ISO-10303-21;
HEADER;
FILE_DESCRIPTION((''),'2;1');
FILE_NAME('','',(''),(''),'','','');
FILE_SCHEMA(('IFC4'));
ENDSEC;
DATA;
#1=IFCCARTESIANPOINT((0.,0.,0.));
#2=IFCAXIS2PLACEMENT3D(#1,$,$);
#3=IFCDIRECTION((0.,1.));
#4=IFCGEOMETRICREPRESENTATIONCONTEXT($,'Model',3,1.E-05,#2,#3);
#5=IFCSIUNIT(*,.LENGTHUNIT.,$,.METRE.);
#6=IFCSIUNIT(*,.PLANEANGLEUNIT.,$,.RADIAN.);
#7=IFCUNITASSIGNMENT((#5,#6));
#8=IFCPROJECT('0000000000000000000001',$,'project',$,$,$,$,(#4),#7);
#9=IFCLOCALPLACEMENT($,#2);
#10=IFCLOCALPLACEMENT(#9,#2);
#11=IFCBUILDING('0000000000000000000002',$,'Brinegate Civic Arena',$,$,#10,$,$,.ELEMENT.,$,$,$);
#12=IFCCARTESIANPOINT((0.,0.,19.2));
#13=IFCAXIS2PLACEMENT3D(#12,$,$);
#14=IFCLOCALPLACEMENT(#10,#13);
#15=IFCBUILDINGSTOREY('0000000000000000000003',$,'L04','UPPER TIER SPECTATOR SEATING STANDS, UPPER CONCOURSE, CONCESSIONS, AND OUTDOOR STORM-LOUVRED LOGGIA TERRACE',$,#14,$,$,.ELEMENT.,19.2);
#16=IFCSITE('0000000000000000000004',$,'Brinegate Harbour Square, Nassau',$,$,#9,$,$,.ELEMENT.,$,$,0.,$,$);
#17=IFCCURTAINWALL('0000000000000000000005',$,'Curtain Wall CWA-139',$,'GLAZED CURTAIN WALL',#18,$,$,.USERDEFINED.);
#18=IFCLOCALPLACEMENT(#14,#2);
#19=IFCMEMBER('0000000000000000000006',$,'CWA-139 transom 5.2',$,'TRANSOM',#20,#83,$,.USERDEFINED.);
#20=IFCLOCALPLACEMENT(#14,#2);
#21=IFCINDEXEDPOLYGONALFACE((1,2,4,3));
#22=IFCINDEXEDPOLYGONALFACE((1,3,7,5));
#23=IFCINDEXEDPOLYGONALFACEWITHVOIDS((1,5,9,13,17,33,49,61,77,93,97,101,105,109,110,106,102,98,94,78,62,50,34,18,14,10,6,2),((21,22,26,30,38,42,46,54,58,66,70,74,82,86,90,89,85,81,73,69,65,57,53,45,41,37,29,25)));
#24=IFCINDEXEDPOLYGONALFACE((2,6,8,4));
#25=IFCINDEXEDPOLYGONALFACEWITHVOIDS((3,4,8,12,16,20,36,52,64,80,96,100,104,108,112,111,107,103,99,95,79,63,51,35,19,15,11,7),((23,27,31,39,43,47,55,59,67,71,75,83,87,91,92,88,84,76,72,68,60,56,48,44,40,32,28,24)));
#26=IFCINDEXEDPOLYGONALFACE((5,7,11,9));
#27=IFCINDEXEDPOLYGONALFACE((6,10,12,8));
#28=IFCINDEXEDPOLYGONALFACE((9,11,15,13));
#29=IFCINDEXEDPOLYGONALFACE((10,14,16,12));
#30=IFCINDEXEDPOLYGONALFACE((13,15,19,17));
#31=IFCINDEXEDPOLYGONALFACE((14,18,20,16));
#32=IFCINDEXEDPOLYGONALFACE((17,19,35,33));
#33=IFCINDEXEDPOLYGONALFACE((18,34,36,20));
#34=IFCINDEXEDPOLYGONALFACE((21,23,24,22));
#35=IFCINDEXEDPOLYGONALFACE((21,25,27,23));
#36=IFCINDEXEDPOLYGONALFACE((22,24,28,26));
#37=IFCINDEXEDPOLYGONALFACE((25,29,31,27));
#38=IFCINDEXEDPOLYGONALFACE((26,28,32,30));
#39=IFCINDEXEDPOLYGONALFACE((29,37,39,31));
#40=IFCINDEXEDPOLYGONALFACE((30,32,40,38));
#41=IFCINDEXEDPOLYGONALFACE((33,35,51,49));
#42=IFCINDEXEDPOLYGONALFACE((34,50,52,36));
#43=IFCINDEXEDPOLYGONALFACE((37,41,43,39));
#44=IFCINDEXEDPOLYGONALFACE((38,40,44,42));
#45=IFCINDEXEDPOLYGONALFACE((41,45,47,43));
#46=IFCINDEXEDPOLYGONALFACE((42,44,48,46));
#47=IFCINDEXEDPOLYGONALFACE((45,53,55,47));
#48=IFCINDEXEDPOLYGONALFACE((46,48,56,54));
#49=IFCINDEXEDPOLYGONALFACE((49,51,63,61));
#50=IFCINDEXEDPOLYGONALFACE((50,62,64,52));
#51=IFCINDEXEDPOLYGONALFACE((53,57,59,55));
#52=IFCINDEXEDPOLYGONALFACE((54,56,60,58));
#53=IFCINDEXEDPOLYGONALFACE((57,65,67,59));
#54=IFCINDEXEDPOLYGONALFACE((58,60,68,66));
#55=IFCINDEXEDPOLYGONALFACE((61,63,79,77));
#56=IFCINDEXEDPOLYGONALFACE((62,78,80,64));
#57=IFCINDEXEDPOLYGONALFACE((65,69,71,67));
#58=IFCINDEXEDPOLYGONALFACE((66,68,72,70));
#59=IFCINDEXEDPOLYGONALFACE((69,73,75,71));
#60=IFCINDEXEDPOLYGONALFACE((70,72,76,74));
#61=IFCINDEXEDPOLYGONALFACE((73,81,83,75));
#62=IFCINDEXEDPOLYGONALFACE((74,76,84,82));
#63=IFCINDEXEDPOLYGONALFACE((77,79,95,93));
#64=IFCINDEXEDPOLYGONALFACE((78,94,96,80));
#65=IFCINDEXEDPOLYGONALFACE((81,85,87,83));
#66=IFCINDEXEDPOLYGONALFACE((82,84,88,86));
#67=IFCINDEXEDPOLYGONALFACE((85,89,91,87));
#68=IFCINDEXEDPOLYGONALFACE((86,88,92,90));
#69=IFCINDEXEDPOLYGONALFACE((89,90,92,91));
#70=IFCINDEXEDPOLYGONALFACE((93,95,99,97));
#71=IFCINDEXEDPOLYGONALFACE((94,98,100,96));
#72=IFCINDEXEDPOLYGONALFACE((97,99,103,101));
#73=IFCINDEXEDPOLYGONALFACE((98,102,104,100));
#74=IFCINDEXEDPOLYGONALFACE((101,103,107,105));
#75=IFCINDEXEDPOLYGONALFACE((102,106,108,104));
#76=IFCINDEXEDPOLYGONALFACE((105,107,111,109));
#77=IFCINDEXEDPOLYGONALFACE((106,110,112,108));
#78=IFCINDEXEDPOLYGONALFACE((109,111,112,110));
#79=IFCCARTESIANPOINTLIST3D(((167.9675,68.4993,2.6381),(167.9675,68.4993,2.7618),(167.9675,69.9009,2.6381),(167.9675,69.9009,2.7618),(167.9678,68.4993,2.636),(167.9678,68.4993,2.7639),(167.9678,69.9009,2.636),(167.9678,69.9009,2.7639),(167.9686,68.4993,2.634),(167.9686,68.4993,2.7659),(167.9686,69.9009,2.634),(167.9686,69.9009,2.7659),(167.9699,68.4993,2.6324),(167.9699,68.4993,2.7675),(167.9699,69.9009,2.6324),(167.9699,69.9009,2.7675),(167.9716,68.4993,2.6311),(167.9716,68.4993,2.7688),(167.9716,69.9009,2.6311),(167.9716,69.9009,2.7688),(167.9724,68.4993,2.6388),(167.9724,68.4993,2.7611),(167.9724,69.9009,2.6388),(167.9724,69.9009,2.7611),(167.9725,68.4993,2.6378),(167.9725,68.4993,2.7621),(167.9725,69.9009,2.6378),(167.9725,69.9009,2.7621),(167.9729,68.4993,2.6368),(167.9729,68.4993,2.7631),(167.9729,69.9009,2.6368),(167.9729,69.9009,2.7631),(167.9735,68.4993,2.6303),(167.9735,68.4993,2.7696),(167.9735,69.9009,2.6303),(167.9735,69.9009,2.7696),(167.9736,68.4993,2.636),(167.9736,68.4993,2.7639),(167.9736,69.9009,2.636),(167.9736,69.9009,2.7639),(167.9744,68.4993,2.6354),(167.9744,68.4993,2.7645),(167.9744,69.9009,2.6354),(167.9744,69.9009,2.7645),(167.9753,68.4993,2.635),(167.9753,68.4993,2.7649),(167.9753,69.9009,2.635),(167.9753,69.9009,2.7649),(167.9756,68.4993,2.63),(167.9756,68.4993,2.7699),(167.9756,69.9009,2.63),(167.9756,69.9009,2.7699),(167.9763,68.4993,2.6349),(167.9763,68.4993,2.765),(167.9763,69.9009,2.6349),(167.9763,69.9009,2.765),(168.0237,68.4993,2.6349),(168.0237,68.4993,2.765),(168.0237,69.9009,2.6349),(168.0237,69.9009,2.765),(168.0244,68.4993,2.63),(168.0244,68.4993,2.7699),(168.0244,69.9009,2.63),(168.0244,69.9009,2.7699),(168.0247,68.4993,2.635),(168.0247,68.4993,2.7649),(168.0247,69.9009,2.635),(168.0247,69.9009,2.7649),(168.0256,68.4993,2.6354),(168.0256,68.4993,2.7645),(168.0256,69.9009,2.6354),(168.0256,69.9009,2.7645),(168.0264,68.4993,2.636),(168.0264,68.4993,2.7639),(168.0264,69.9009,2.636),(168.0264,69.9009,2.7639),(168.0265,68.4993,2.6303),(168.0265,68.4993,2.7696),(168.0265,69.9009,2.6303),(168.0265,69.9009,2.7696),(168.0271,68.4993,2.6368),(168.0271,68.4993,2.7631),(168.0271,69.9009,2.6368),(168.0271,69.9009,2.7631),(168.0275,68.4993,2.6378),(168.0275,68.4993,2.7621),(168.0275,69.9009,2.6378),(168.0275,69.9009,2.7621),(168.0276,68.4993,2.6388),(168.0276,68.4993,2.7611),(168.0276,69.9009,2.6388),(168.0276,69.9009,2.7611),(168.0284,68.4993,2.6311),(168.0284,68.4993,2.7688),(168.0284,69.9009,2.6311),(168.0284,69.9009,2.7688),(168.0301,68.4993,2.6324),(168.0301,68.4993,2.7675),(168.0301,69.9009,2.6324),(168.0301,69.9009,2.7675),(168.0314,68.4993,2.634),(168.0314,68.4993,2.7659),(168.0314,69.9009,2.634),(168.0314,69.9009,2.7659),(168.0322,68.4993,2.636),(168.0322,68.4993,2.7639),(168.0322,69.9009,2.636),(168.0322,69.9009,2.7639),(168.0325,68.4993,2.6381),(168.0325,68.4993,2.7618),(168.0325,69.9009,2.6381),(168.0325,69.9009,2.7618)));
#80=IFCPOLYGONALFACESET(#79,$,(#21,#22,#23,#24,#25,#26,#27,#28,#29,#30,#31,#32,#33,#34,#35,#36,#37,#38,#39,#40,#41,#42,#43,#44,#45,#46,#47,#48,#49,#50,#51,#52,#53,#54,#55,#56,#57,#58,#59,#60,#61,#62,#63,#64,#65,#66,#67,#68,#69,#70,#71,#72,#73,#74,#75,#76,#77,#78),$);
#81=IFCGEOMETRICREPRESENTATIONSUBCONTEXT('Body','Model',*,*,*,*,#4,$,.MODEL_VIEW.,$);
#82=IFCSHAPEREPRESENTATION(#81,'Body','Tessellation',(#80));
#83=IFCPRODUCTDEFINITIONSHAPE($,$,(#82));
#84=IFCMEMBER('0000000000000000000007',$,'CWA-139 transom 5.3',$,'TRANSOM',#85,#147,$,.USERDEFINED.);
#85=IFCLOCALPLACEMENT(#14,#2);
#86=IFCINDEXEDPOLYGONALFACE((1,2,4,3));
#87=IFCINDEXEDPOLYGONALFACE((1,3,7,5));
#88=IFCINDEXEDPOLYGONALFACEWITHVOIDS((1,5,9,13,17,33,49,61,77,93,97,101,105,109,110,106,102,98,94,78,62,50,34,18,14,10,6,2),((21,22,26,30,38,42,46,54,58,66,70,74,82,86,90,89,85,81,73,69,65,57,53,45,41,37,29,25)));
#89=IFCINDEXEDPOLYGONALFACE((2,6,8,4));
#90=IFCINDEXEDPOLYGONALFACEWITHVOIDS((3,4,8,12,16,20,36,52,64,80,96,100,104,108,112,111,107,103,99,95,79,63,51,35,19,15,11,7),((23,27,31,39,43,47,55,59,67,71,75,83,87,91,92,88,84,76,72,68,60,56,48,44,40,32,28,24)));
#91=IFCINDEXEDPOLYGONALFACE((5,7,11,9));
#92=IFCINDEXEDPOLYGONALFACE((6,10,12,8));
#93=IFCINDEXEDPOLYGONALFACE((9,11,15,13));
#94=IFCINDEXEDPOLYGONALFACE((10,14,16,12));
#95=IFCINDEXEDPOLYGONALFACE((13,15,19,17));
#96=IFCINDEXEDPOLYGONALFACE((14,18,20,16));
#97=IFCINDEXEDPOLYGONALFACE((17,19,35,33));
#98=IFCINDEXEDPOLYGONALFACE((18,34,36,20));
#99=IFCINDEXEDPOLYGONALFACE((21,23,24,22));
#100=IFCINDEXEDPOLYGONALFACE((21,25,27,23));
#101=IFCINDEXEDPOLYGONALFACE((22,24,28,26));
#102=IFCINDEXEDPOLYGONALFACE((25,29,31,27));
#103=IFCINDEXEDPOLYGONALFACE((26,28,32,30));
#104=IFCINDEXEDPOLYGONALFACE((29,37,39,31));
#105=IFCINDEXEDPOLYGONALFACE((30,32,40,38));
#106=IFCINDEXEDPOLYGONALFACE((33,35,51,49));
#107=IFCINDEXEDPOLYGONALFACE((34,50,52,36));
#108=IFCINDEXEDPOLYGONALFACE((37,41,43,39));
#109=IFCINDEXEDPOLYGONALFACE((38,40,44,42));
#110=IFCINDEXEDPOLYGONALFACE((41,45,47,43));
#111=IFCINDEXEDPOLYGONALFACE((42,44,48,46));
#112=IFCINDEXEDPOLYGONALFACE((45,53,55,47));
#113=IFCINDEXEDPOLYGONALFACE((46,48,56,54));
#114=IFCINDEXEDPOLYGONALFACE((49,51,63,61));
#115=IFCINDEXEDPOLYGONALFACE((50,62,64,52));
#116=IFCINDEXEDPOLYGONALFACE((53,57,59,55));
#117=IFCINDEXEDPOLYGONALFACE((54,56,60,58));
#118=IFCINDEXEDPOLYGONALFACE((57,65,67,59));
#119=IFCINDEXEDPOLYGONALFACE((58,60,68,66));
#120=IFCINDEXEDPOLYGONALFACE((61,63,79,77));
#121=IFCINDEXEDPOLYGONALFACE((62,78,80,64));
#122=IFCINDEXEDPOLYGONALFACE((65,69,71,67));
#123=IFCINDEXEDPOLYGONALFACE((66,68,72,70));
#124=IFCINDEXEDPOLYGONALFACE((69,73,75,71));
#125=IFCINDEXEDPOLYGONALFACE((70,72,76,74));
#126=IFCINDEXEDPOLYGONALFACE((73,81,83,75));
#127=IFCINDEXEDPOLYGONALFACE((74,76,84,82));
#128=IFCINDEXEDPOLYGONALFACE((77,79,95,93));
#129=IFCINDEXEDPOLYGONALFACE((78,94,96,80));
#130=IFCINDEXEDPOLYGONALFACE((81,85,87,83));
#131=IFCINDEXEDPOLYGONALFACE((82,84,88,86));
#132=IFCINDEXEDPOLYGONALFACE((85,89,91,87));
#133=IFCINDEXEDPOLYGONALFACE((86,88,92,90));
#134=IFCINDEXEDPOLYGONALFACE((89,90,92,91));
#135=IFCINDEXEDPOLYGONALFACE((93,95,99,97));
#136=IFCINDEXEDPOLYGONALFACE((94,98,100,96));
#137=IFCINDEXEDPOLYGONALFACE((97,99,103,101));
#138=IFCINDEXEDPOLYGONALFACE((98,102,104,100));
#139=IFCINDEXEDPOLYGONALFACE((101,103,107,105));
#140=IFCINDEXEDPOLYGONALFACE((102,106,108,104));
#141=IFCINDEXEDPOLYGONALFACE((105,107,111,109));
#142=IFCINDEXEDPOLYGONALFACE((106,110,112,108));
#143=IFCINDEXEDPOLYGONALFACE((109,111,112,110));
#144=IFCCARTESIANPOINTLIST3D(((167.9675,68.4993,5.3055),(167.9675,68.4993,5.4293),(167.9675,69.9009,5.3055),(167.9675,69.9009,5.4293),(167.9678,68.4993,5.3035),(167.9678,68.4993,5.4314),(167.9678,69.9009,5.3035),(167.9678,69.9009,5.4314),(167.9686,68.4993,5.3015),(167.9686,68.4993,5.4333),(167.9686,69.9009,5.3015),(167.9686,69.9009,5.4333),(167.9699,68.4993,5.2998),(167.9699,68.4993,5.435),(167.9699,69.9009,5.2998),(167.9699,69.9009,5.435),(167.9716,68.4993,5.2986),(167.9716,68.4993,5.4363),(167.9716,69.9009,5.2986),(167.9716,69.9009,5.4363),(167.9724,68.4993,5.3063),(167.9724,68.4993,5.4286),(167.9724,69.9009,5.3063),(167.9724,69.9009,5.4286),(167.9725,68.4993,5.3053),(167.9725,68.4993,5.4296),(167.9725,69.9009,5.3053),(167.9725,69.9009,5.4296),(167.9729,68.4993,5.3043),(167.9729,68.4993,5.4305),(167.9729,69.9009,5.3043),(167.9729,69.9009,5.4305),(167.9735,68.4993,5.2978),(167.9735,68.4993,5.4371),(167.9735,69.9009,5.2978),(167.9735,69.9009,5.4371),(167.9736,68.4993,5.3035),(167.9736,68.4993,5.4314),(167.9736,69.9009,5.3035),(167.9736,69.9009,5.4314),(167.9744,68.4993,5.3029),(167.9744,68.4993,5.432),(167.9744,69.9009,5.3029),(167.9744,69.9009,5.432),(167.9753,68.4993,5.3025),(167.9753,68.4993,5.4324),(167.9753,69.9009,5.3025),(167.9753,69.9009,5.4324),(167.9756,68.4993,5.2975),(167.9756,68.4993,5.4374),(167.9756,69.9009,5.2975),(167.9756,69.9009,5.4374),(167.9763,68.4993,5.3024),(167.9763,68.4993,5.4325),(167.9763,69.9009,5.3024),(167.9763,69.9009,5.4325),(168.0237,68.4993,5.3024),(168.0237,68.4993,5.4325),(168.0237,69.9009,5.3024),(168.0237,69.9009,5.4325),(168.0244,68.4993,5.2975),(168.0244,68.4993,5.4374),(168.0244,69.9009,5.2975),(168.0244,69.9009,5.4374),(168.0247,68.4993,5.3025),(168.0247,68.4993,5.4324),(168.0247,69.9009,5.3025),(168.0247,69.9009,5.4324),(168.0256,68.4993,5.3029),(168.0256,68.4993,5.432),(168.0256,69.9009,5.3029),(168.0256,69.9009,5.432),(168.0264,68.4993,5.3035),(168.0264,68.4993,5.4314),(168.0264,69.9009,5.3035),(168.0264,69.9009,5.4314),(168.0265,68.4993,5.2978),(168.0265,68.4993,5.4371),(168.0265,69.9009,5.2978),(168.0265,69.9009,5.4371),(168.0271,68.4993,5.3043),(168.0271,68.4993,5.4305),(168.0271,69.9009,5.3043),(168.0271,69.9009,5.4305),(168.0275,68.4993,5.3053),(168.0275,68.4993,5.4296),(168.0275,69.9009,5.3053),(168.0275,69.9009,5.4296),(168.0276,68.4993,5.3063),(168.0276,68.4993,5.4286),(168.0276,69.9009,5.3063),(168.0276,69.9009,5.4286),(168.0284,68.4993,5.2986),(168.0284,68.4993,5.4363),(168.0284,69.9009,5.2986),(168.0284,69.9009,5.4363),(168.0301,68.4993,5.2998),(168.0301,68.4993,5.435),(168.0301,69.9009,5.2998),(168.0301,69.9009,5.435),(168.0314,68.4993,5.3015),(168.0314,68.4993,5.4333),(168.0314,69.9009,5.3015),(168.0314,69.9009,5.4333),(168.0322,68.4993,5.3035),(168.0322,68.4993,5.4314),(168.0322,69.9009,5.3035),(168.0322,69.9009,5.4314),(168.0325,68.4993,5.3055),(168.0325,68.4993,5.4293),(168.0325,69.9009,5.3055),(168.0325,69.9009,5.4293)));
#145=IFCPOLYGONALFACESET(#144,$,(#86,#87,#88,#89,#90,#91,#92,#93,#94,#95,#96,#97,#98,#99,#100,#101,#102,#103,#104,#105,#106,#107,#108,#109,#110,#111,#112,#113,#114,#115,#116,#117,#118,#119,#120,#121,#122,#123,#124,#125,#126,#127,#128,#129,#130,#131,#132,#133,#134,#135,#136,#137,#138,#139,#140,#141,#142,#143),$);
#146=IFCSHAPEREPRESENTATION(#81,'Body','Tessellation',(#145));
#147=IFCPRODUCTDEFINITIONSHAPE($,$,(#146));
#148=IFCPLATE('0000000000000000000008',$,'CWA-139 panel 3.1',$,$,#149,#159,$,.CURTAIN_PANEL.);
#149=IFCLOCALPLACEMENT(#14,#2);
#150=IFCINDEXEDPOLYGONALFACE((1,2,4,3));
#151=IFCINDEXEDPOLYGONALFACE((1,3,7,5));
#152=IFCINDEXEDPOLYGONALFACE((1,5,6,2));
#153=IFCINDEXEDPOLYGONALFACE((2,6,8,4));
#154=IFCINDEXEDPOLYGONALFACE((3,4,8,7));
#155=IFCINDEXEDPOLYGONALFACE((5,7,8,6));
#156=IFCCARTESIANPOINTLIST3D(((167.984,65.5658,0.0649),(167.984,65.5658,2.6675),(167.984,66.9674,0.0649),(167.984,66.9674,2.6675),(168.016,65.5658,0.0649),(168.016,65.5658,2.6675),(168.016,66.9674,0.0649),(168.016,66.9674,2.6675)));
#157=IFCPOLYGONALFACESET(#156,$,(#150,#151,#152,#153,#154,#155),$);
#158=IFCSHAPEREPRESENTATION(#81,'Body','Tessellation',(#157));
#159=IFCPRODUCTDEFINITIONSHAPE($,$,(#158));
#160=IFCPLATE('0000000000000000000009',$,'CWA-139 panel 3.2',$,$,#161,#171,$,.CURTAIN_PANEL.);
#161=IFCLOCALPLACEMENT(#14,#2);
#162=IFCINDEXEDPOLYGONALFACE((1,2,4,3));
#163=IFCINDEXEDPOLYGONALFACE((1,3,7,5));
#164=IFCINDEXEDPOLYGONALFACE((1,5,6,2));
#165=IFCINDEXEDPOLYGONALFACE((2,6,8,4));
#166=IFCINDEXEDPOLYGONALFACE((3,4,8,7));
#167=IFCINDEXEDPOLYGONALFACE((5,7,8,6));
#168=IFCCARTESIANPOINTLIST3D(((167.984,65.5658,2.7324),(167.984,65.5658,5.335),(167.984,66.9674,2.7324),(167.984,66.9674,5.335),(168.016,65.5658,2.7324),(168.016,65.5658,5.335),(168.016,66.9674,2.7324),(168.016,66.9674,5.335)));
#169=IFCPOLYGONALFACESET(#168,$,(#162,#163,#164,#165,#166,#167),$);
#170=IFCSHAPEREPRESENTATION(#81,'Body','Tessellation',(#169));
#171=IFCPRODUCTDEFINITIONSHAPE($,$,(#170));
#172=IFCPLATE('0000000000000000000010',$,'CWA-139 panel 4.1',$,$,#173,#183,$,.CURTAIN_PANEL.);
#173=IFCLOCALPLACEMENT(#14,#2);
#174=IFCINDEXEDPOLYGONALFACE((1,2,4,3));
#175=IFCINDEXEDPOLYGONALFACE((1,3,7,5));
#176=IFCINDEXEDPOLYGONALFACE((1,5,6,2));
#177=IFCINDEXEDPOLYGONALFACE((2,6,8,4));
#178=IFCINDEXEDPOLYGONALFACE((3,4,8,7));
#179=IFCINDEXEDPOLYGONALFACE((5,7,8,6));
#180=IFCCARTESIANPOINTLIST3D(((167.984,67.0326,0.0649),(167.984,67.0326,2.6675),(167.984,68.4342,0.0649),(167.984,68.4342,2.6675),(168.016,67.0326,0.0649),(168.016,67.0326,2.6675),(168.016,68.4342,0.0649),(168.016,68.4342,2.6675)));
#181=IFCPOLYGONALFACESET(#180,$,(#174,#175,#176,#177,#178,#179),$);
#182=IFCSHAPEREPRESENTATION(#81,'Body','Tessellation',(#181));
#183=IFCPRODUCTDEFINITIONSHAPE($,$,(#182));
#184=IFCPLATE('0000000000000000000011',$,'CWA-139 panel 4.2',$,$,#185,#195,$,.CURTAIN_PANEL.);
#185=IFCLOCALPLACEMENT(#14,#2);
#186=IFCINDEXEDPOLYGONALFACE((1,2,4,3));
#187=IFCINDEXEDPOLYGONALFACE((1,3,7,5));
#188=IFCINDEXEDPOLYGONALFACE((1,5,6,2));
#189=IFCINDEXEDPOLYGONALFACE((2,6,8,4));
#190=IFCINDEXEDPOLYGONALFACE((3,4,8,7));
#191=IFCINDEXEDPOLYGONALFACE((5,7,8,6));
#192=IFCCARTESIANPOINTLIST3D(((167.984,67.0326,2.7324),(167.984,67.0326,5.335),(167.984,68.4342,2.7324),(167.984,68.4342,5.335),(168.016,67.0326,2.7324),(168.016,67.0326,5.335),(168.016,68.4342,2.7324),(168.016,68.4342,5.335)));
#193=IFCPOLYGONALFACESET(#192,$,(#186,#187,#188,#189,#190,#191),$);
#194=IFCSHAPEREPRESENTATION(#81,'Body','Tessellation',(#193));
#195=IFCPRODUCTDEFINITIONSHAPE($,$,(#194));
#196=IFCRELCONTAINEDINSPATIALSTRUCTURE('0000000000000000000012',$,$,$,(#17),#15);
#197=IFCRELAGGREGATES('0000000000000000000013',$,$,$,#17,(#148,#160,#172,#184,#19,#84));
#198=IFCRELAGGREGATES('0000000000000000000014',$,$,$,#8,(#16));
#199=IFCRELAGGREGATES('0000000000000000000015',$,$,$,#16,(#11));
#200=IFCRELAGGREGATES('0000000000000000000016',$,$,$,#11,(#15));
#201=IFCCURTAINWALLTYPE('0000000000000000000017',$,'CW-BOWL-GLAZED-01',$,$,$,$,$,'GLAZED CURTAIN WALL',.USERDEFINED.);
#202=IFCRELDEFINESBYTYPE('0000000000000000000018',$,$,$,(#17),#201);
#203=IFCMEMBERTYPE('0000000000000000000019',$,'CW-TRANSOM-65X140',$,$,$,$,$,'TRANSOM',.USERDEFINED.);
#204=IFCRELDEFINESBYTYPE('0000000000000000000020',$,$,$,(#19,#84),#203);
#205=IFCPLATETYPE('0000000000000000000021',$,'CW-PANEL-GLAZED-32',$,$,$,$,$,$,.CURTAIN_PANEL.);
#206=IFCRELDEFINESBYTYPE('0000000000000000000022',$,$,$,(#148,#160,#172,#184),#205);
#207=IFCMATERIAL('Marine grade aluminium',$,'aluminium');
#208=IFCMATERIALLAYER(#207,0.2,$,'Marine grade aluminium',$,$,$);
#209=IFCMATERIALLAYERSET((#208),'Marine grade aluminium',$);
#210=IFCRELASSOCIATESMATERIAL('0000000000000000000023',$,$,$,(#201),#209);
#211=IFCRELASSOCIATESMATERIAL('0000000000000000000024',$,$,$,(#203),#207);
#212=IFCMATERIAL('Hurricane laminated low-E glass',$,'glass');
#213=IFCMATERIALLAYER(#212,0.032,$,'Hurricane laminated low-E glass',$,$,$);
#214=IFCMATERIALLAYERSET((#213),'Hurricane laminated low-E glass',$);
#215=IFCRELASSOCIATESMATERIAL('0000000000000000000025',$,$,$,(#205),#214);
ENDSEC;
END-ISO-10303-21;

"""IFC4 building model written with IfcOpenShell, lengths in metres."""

from ifc_helpers import new_model, si_unit, direction, frame, origin, origin_2d, place, context, subcontext, project, spatial, rectangle, hollow_rectangle, extrude, material, layer, layer_set, material_profile, profile_set, type_object, element, aggregate, save


model = new_model("IFC4")

# Units and contexts
model_context = context("Model", 3, precision=1e-05, world=origin(), true_north=direction((0.0, 1.0)))
body_context = subcontext(model_context, "Body", "Model", "MODEL_VIEW")
ifc_project = project(units=[si_unit("LENGTHUNIT", "METRE"), si_unit("PLANEANGLEUNIT", "RADIAN")], contexts=[model_context])

# Site, building, storey
site_placement = place(None, origin())
site = spatial("IfcSite", under=ifc_project, at=site_placement, Name="Brinegate Harbour Square, Nassau", CompositionType="ELEMENT", RefElevation=0.0)
building_placement = place(site_placement, origin())
building = spatial("IfcBuilding", under=site, at=building_placement, Name="Brinegate Civic Arena", CompositionType="ELEMENT")
storey_placement = place(building_placement, frame((0.0, 0.0, 19.2)))
storey = spatial("IfcBuildingStorey", under=building, at=storey_placement, Name="L04", Description="UPPER TIER SPECTATOR SEATING STANDS, UPPER CONCOURSE, CONCESSIONS, AND OUTDOOR STORM-LOUVRED LOGGIA TERRACE", CompositionType="ELEMENT", Elevation=19.2)

# Curtain wall, members, plates
ifc_material_1 = material(Name="Marine grade aluminium", Category="aluminium")
ifc_layer_1 = layer(ifc_material_1, 0.2, Name="Marine grade aluminium")
ifc_layer_set_1 = layer_set([ifc_layer_1], Name="Marine grade aluminium")
curtain_wall_type = type_object("IfcCurtainWallType", Name="CW-BOWL-GLAZED-01", ElementType="GLAZED CURTAIN WALL", PredefinedType="USERDEFINED", material=ifc_layer_set_1)
curtain_wall_placement = place(storey_placement, origin())
curtain_wall = element("IfcCurtainWall", 1, at=curtain_wall_placement, inside=storey, type_object=curtain_wall_type, Name="Curtain Wall CWA-139", ObjectType="GLAZED CURTAIN WALL", PredefinedType="USERDEFINED")
ifc_material_profile_1 = material_profile(ifc_material_1, hollow_rectangle(XDim=0.0649, YDim=0.1399, WallThickness=0.0049, InnerFilletRadius=0.0039, OuterFilletRadius=0.0081, at=origin_2d()), Name="TRN65X140")
ifc_profile_set_1 = profile_set([ifc_material_profile_1], Name="Marine grade aluminium")
member_type_1 = type_object("IfcMemberType", Name="CW-TRANSOM-65X140", ElementType="TRANSOM", PredefinedType="USERDEFINED", material=ifc_profile_set_1)
member_1_placement = place(storey_placement, frame((168.0, 68.4993, 2.7), z_axis=(0.0, 1.0, 0.0), x_axis=(-1.0, 0.0, 0.0)))
member_1 = element("IfcMember", 2, at=member_1_placement, type_object=member_type_1, Name="CWA-139 transom 5.2", ObjectType="TRANSOM", PredefinedType="USERDEFINED", context=body_context, shape_type="SweptSolid", body=[
    extrude(hollow_rectangle(XDim=0.0649, YDim=0.1399, WallThickness=0.0049, InnerFilletRadius=0.0039, OuterFilletRadius=0.0081, at=origin_2d()), origin(), (0.0, 0.0, 1.0), 1.4016),
])
member_2_placement = place(storey_placement, frame((168.0, 68.4993, 5.3674), z_axis=(0.0, 1.0, 0.0), x_axis=(-1.0, 0.0, 0.0)))
member_2 = element("IfcMember", 3, at=member_2_placement, type_object=member_type_1, Name="CWA-139 transom 5.3", ObjectType="TRANSOM", PredefinedType="USERDEFINED", context=body_context, shape_type="SweptSolid", body=[
    extrude(hollow_rectangle(XDim=0.0649, YDim=0.1399, WallThickness=0.0049, InnerFilletRadius=0.0039, OuterFilletRadius=0.0081, at=origin_2d()), origin(), (0.0, 0.0, 1.0), 1.4016),
])
ifc_material_2 = material(Name="Hurricane laminated low-E glass", Category="glass")
ifc_layer_2 = layer(ifc_material_2, 0.032, Name="Hurricane laminated low-E glass")
ifc_layer_set_2 = layer_set([ifc_layer_2], Name="Hurricane laminated low-E glass")
plate_type = type_object("IfcPlateType", Name="CW-PANEL-GLAZED-32", PredefinedType="CURTAIN_PANEL", material=ifc_layer_set_2)
plate_1_placement = place(storey_placement, frame((168.0, 66.2666, 0.0649), z_axis=(0.0, 0.0, 1.0), x_axis=(0.0, 1.0, 0.0)))
plate_1 = element("IfcPlate", 4, at=plate_1_placement, type_object=plate_type, Name="CWA-139 panel 3.1", PredefinedType="CURTAIN_PANEL", context=body_context, shape_type="SweptSolid", body=[
    extrude(rectangle(XDim=1.4016, YDim=0.032, at=origin_2d()), origin(), (0.0, 0.0, 1.0), 2.6025),
])
plate_2_placement = place(storey_placement, frame((168.0, 66.2666, 2.7324), z_axis=(0.0, 0.0, 1.0), x_axis=(0.0, 1.0, 0.0)))
plate_2 = element("IfcPlate", 5, at=plate_2_placement, type_object=plate_type, Name="CWA-139 panel 3.2", PredefinedType="CURTAIN_PANEL", context=body_context, shape_type="SweptSolid", body=[
    extrude(rectangle(XDim=1.4016, YDim=0.032, at=origin_2d()), origin(), (0.0, 0.0, 1.0), 2.6025),
])
plate_3_placement = place(storey_placement, frame((168.0, 67.7334, 0.0649), z_axis=(0.0, 0.0, 1.0), x_axis=(0.0, 1.0, 0.0)))
plate_3 = element("IfcPlate", 6, at=plate_3_placement, type_object=plate_type, Name="CWA-139 panel 4.1", PredefinedType="CURTAIN_PANEL", context=body_context, shape_type="SweptSolid", body=[
    extrude(rectangle(XDim=1.4016, YDim=0.032, at=origin_2d()), origin(), (0.0, 0.0, 1.0), 2.6025),
])
plate_4_placement = place(storey_placement, frame((168.0, 67.7334, 2.7324), z_axis=(0.0, 0.0, 1.0), x_axis=(0.0, 1.0, 0.0)))
plate_4 = element("IfcPlate", 7, at=plate_4_placement, type_object=plate_type, Name="CWA-139 panel 4.2", PredefinedType="CURTAIN_PANEL", context=body_context, shape_type="SweptSolid", body=[
    extrude(rectangle(XDim=1.4016, YDim=0.032, at=origin_2d()), origin(), (0.0, 0.0, 1.0), 2.6025),
])
aggregate(curtain_wall, [plate_1, plate_2, plate_3, plate_4, member_1, member_2])

save(model, "model.ifc")
